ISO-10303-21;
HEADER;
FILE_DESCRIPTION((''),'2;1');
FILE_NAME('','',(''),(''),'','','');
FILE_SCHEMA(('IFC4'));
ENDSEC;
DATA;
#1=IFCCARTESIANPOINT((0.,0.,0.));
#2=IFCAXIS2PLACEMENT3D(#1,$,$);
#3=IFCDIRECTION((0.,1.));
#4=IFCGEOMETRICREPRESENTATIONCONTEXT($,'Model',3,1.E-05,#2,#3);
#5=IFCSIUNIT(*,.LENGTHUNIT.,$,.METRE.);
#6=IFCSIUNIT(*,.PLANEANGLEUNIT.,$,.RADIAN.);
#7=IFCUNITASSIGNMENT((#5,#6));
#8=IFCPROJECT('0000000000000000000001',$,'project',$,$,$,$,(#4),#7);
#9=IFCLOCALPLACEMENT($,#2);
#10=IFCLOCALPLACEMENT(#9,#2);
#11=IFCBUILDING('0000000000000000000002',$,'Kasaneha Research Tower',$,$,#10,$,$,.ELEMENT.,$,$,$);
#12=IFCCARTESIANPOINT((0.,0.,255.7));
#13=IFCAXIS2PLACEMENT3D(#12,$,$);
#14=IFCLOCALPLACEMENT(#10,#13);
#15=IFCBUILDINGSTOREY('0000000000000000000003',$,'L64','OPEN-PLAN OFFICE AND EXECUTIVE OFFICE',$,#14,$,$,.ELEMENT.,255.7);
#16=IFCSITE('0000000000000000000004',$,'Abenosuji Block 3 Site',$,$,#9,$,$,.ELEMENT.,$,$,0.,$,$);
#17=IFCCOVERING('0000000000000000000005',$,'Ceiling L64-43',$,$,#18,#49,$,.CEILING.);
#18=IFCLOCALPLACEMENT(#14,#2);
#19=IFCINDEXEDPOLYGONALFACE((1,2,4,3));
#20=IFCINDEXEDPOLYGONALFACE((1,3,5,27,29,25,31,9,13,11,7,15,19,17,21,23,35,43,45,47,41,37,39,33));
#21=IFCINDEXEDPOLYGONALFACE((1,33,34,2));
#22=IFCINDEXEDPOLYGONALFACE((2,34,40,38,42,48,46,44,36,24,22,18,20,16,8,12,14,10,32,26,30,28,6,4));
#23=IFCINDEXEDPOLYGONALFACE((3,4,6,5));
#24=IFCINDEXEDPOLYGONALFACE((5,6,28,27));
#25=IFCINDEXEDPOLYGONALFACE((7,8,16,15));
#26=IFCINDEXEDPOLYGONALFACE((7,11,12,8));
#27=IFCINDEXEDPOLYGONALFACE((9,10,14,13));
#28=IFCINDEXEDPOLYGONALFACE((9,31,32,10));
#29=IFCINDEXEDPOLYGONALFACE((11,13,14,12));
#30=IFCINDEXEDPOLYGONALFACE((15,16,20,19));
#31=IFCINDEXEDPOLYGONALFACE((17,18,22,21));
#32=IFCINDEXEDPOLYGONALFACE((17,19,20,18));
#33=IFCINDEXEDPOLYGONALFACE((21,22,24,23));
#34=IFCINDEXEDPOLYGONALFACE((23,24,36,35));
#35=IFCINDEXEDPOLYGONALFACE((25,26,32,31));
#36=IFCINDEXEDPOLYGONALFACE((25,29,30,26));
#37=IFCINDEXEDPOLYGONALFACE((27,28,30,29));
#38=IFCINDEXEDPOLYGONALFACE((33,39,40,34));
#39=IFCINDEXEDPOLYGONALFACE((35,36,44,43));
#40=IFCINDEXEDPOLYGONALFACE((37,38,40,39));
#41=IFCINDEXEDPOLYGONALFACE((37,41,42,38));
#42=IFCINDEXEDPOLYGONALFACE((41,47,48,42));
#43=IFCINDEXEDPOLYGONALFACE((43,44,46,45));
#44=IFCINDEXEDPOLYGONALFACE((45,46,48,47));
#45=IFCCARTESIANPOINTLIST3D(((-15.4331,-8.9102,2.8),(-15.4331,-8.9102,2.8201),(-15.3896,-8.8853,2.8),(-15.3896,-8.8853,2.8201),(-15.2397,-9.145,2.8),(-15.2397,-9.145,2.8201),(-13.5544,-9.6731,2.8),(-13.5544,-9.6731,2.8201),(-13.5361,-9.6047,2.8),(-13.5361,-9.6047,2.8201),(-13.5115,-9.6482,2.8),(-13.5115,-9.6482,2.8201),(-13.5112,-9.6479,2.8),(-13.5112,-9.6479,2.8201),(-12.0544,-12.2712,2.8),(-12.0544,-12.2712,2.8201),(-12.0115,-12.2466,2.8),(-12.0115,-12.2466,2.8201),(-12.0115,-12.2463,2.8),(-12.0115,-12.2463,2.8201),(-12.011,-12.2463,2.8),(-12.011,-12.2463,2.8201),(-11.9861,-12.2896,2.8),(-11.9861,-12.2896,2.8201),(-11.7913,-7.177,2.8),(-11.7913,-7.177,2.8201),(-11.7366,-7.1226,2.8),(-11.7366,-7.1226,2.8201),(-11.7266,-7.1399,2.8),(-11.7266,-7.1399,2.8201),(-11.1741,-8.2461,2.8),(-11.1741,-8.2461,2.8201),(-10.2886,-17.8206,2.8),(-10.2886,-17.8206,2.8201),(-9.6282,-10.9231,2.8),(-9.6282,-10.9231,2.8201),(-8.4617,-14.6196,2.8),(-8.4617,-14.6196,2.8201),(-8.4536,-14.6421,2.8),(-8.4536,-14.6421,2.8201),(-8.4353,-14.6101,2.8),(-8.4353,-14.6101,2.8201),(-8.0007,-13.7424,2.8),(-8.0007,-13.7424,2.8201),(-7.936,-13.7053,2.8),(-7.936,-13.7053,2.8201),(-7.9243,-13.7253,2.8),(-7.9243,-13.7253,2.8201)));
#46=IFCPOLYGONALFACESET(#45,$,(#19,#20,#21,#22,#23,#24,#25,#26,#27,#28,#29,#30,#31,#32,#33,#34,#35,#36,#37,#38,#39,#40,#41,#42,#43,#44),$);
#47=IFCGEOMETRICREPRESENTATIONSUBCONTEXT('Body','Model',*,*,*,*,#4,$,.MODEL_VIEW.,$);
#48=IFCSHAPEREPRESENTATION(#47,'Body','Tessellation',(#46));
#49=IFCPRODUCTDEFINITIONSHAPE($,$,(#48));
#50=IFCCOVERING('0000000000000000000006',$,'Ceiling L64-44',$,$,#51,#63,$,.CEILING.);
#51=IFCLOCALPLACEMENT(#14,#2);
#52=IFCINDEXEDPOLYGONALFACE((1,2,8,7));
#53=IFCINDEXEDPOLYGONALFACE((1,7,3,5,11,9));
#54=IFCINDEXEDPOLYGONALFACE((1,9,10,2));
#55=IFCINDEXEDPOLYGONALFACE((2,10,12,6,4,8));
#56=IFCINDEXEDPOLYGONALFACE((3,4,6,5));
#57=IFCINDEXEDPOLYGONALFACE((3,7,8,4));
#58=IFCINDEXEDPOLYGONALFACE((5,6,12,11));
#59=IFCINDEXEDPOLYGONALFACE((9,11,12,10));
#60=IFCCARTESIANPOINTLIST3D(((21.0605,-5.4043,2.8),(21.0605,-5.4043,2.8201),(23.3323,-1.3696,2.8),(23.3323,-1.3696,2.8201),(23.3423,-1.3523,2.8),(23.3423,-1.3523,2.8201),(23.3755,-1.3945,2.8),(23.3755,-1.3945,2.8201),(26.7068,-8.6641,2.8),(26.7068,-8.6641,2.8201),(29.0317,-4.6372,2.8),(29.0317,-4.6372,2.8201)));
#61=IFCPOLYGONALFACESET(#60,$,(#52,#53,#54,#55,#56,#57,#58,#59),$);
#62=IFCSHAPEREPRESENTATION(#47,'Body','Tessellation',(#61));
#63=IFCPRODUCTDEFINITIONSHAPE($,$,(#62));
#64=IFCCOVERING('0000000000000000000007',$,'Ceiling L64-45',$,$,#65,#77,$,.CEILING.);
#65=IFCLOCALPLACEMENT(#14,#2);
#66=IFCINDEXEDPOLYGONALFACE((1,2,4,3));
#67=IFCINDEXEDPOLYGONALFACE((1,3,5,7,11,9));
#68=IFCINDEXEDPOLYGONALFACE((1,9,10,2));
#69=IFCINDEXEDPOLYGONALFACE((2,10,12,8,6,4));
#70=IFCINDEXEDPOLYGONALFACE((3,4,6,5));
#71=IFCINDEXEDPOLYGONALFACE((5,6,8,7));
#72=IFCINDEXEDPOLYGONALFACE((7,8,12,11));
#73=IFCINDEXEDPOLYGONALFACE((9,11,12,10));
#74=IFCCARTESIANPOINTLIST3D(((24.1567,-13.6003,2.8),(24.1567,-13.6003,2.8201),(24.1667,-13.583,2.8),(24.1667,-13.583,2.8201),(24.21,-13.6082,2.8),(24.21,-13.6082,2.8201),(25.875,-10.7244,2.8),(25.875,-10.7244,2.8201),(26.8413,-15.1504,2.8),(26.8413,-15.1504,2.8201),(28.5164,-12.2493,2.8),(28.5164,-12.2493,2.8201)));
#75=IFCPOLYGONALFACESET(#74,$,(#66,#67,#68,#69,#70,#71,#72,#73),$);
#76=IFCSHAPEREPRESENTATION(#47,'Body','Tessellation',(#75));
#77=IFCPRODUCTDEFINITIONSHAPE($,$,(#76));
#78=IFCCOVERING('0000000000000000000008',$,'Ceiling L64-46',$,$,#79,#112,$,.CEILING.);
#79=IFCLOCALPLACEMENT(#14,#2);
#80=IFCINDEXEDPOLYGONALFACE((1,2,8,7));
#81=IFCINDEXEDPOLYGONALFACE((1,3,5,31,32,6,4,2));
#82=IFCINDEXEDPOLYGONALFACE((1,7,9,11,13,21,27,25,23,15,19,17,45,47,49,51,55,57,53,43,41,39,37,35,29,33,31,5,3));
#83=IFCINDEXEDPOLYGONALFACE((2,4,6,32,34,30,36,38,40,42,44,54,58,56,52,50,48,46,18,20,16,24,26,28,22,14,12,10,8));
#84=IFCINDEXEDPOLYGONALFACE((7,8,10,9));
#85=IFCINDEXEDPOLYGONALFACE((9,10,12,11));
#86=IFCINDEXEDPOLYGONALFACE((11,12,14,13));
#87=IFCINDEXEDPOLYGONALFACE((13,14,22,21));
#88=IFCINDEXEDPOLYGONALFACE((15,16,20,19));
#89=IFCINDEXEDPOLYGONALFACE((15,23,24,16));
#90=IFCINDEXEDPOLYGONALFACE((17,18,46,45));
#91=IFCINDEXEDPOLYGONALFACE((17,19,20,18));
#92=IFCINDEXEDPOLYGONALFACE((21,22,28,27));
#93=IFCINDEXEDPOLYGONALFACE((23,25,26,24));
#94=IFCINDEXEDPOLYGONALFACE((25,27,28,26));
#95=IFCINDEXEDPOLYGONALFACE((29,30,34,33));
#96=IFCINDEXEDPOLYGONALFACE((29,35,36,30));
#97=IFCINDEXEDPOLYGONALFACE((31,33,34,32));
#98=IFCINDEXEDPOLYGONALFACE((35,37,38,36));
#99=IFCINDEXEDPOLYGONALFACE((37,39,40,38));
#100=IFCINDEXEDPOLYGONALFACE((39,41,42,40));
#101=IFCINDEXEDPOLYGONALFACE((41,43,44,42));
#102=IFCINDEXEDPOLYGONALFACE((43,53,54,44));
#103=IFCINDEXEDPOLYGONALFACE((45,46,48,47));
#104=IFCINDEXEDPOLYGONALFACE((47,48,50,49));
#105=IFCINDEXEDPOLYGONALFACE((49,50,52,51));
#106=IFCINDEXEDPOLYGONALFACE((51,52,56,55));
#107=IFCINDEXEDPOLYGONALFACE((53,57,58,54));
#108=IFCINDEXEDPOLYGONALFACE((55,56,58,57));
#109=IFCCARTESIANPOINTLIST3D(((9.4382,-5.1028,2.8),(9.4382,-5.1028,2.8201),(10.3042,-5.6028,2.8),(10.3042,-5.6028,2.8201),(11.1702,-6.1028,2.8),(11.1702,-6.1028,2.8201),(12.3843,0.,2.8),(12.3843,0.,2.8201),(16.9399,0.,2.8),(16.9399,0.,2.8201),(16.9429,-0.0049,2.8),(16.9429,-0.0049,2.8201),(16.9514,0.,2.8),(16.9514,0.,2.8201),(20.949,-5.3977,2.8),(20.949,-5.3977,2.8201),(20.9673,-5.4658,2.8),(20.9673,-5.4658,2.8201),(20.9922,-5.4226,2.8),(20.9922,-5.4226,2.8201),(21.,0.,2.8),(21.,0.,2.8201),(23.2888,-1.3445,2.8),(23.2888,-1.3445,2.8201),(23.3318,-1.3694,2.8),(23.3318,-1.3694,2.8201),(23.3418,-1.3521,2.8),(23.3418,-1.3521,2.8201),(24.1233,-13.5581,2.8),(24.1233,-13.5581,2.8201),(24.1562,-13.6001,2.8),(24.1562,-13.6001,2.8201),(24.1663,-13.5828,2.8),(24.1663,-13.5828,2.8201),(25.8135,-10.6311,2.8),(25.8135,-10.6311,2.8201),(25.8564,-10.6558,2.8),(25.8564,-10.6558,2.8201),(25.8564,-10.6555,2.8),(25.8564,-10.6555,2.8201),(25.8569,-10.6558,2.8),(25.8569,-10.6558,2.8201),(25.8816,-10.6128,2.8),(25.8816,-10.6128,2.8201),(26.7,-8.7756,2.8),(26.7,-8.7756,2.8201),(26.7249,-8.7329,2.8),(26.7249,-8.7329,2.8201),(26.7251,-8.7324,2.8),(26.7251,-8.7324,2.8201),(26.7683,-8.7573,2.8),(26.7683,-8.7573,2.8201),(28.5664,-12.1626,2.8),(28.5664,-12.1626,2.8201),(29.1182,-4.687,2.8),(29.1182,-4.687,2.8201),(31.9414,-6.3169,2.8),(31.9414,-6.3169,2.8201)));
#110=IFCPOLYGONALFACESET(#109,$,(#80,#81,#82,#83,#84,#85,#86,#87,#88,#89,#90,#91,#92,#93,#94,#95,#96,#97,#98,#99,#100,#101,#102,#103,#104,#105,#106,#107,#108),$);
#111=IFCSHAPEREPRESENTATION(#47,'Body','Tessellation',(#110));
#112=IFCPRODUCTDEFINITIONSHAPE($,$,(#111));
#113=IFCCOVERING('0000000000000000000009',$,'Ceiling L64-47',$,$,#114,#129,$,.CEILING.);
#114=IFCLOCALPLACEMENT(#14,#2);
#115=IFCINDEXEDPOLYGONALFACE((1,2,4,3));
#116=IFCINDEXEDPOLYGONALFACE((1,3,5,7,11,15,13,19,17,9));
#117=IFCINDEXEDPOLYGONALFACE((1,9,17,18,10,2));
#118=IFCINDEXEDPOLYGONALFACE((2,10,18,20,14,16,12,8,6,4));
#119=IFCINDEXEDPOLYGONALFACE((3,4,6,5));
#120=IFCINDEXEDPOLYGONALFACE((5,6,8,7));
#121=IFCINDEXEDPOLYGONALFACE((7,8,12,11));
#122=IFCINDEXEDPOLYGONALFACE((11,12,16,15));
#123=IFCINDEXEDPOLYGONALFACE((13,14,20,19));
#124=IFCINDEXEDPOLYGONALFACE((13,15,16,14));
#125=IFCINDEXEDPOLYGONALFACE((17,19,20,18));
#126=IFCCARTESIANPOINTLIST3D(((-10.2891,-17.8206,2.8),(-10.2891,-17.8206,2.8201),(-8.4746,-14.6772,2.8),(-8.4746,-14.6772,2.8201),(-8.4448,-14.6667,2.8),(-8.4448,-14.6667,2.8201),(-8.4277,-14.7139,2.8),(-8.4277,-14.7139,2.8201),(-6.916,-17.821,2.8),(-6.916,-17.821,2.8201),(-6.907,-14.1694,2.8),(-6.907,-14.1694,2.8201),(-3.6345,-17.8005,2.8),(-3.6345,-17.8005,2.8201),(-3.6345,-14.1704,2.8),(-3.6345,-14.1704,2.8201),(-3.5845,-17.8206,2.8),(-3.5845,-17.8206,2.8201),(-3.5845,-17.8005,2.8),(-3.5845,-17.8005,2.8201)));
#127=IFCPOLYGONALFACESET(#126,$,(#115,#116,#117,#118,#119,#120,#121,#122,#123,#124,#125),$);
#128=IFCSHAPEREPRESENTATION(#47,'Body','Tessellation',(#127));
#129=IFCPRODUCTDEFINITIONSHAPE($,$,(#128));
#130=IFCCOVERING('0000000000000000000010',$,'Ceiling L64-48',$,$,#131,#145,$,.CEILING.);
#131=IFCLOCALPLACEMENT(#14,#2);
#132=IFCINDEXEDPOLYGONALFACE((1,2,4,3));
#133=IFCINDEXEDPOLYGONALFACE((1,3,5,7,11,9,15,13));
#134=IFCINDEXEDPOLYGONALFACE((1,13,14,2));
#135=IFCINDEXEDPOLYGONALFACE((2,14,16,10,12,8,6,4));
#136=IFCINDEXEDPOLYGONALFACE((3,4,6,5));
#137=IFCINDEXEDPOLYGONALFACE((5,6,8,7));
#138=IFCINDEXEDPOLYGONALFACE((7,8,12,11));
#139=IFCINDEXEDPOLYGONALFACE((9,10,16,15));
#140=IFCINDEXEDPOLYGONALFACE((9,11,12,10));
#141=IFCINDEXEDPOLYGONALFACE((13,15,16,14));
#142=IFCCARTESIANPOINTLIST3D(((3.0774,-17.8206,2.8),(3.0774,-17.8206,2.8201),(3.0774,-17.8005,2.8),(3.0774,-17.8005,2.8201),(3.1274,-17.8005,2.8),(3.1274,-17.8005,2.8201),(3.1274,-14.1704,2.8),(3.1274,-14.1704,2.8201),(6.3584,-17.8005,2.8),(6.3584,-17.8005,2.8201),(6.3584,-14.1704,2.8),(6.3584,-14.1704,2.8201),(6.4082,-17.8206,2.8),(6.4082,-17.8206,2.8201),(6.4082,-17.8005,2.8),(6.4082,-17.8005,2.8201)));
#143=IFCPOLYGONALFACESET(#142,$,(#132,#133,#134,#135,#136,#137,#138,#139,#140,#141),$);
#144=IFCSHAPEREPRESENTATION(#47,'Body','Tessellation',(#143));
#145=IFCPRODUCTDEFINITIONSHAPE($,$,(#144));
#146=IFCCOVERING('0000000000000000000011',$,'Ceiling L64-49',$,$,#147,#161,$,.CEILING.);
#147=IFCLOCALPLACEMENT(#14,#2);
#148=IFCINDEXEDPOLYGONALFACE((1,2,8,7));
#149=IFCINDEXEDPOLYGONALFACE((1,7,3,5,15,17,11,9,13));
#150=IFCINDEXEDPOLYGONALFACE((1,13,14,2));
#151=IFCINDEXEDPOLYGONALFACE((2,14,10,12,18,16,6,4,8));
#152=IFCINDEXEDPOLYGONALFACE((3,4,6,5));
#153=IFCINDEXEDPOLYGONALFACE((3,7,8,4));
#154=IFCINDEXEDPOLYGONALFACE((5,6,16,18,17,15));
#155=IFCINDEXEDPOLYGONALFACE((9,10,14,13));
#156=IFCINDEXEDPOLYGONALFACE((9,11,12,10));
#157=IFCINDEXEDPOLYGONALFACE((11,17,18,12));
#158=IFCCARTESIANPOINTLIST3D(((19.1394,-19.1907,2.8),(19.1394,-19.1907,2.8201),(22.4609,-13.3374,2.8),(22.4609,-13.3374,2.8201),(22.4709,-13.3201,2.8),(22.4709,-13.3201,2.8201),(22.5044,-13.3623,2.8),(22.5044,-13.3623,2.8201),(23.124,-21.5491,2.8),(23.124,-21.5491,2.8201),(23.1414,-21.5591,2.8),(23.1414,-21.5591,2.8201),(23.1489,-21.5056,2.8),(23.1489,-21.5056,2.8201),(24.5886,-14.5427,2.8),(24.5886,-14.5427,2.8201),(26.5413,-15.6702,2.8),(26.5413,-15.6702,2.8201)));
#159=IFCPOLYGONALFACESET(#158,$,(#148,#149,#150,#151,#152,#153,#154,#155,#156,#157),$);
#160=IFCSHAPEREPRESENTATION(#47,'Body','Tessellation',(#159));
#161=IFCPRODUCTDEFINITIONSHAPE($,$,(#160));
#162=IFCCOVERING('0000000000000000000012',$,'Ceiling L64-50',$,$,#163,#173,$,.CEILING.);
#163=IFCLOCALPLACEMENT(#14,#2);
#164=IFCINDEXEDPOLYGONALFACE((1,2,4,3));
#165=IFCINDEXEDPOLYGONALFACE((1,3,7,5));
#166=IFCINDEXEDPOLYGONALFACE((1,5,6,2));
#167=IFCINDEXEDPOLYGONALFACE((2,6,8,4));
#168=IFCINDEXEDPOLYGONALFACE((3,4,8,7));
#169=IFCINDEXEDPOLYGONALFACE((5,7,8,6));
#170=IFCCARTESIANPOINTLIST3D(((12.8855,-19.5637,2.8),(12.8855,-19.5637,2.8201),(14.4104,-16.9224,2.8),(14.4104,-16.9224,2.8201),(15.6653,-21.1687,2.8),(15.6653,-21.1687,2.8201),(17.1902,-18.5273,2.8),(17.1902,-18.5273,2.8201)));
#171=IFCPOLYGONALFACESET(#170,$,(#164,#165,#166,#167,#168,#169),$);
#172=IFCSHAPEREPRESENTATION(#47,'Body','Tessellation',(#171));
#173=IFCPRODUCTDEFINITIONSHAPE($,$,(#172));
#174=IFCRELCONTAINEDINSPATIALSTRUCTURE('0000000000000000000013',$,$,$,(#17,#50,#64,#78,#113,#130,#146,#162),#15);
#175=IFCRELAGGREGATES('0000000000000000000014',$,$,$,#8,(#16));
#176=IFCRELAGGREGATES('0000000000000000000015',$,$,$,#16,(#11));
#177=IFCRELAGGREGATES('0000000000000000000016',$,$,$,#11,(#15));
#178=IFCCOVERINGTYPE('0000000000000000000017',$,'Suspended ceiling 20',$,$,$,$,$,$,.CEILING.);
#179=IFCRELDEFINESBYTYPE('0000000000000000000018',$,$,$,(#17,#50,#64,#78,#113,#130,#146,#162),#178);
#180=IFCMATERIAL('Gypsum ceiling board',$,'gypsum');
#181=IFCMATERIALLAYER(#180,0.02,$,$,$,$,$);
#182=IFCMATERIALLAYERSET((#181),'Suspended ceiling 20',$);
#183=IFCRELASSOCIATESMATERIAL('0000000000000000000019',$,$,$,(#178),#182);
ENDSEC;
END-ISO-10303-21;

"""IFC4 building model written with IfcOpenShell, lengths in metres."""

from ifc_helpers import new_model, si_unit, direction, frame, origin, place, context, subcontext, project, spatial, polyline, outline, extrude, material, layer, layer_set, type_object, element, save


model = new_model("IFC4")

# Units and contexts
model_context = context("Model", 3, precision=1e-05, world=origin(), true_north=direction((0.0, 1.0)))
body_context = subcontext(model_context, "Body", "Model", "MODEL_VIEW")
ifc_project = project(units=[si_unit("LENGTHUNIT", "METRE"), si_unit("PLANEANGLEUNIT", "RADIAN")], contexts=[model_context])

# Site, building, storey
site_placement = place(None, origin())
site = spatial("IfcSite", under=ifc_project, at=site_placement, Name="Abenosuji Block 3 Site", CompositionType="ELEMENT", RefElevation=0.0)
building_placement = place(site_placement, origin())
building = spatial("IfcBuilding", under=site, at=building_placement, Name="Kasaneha Research Tower", CompositionType="ELEMENT")
storey_placement = place(building_placement, frame((0.0, 0.0, 255.7)))
storey = spatial("IfcBuildingStorey", under=building, at=storey_placement, Name="L64", Description="OPEN-PLAN OFFICE AND EXECUTIVE OFFICE", CompositionType="ELEMENT", Elevation=255.7)

# Coverings
ifc_material_1 = material(Name="Gypsum ceiling board", Category="gypsum")
ifc_layer_1 = layer(ifc_material_1, 0.02)
ifc_layer_set_1 = layer_set([ifc_layer_1], Name="Suspended ceiling 20")
covering_type_1 = type_object("IfcCoveringType", Name="Suspended ceiling 20", PredefinedType="CEILING", material=ifc_layer_set_1)
covering_1_placement = place(storey_placement, frame((0.0, 0.0, 2.8)))
element("IfcCovering", 1, at=covering_1_placement, inside=storey, type_object=covering_type_1, Name="Ceiling L64-43", PredefinedType="CEILING", context=body_context, shape_type="SweptSolid", body=[
    extrude(outline(polyline([(-11.7266, -7.1399), (-11.7913, -7.177), (-11.1741, -8.2461), (-13.5361, -9.6047), (-13.5112, -9.6479), (-13.5115, -9.6482), (-13.5115, -9.6482), (-13.5544, -9.6731), (-12.0544, -12.2712), (-12.0115, -12.2463), (-12.0115, -12.2466), (-12.011, -12.2463), (-11.9861, -12.2896), (-9.6282, -10.9231), (-8.0007, -13.7424), (-7.936, -13.7053), (-7.9243, -13.7253), (-8.4353, -14.6101), (-8.4617, -14.6196), (-8.4536, -14.6421), (-10.2886, -17.8206), (-15.4331, -8.9102), (-15.3896, -8.8853), (-15.2397, -9.145), (-15.2397, -9.145), (-15.2397, -9.145), (-11.7366, -7.1226), (-11.7266, -7.1399)])), origin(), (0.0, 0.0, 1.0), 0.02),
])
covering_2_placement = place(storey_placement, frame((0.0, 0.0, 2.8)))
element("IfcCovering", 2, at=covering_2_placement, inside=storey, type_object=covering_type_1, Name="Ceiling L64-44", PredefinedType="CEILING", context=body_context, shape_type="SweptSolid", body=[
    extrude(outline(polyline([(29.0317, -4.6372), (26.7068, -8.6641), (21.0605, -5.4043), (23.3755, -1.3945), (23.3323, -1.3696), (23.3423, -1.3523), (29.0317, -4.6372)])), origin(), (0.0, 0.0, 1.0), 0.02),
])
covering_3_placement = place(storey_placement, frame((0.0, 0.0, 2.8)))
element("IfcCovering", 3, at=covering_3_placement, inside=storey, type_object=covering_type_1, Name="Ceiling L64-45", PredefinedType="CEILING", context=body_context, shape_type="SweptSolid", body=[
    extrude(outline(polyline([(24.1567, -13.6003), (24.1667, -13.583), (24.21, -13.6082), (25.875, -10.7244), (28.5164, -12.2493), (26.8413, -15.1504), (24.1567, -13.6003)])), origin(), (0.0, 0.0, 1.0), 0.02),
])
covering_4_placement = place(storey_placement, frame((0.0, 0.0, 2.8)))
element("IfcCovering", 4, at=covering_4_placement, inside=storey, type_object=covering_type_1, Name="Ceiling L64-46", PredefinedType="CEILING", context=body_context, shape_type="SweptSolid", body=[
    extrude(outline(polyline([(10.3042, -5.6028), (10.3042, -5.6028), (9.4382, -5.1028), (12.3843, 0.0), (16.9399, 0.0), (16.9429, -0.0049), (16.9514, 0.0), (21.0, 0.0), (23.3418, -1.3521), (23.3318, -1.3694), (23.2888, -1.3445), (20.949, -5.3977), (20.9922, -5.4226), (20.9673, -5.4658), (26.7, -8.7756), (26.7249, -8.7329), (26.7249, -8.7329), (26.7251, -8.7324), (26.7683, -8.7573), (29.1182, -4.687), (31.9414, -6.3169), (28.5664, -12.1626), (25.8816, -10.6128), (25.8569, -10.6558), (25.8564, -10.6555), (25.8564, -10.6558), (25.8135, -10.6311), (24.1233, -13.5581), (24.1663, -13.5828), (24.1562, -13.6001), (11.1702, -6.1028), (11.1702, -6.1028), (10.3042, -5.6028)])), origin(), (0.0, 0.0, 1.0), 0.02),
])
covering_5_placement = place(storey_placement, frame((0.0, 0.0, 2.8)))
element("IfcCovering", 5, at=covering_5_placement, inside=storey, type_object=covering_type_1, Name="Ceiling L64-47", PredefinedType="CEILING", context=body_context, shape_type="SweptSolid", body=[
    extrude(outline(polyline([(-10.2891, -17.8206), (-8.4746, -14.6772), (-8.4448, -14.6667), (-8.4277, -14.7139), (-6.907, -14.1694), (-3.6345, -14.1704), (-3.6345, -17.8005), (-3.5845, -17.8005), (-3.5845, -17.8206), (-6.916, -17.821), (-10.2891, -17.8206)])), origin(), (0.0, 0.0, 1.0), 0.02),
])
covering_6_placement = place(storey_placement, frame((0.0, 0.0, 2.8)))
element("IfcCovering", 6, at=covering_6_placement, inside=storey, type_object=covering_type_1, Name="Ceiling L64-48", PredefinedType="CEILING", context=body_context, shape_type="SweptSolid", body=[
    extrude(outline(polyline([(3.0774, -17.8206), (3.0774, -17.8005), (3.1274, -17.8005), (3.1274, -14.1704), (6.3584, -14.1704), (6.3584, -17.8005), (6.4082, -17.8005), (6.4082, -17.8206), (3.0774, -17.8206)])), origin(), (0.0, 0.0, 1.0), 0.02),
])
covering_7_placement = place(storey_placement, frame((0.0, 0.0, 2.8)))
element("IfcCovering", 7, at=covering_7_placement, inside=storey, type_object=covering_type_1, Name="Ceiling L64-49", PredefinedType="CEILING", context=body_context, shape_type="SweptSolid", body=[
    extrude(outline(polyline([(23.1414, -21.5591), (23.124, -21.5491), (23.1489, -21.5056), (19.1394, -19.1907), (22.5044, -13.3623), (22.4609, -13.3374), (22.4709, -13.3201), (24.5886, -14.5427), (26.5413, -15.6702), (23.1414, -21.5591)])), origin(), (0.0, 0.0, 1.0), 0.02),
])
covering_8_placement = place(storey_placement, frame((0.0, 0.0, 2.8)))
element("IfcCovering", 8, at=covering_8_placement, inside=storey, type_object=covering_type_1, Name="Ceiling L64-50", PredefinedType="CEILING", context=body_context, shape_type="SweptSolid", body=[
    extrude(outline(polyline([(12.8855, -19.5637), (14.4104, -16.9224), (17.1902, -18.5273), (15.6653, -21.1687), (12.8855, -19.5637)])), origin(), (0.0, 0.0, 1.0), 0.02),
])

save(model, "model.ifc")
